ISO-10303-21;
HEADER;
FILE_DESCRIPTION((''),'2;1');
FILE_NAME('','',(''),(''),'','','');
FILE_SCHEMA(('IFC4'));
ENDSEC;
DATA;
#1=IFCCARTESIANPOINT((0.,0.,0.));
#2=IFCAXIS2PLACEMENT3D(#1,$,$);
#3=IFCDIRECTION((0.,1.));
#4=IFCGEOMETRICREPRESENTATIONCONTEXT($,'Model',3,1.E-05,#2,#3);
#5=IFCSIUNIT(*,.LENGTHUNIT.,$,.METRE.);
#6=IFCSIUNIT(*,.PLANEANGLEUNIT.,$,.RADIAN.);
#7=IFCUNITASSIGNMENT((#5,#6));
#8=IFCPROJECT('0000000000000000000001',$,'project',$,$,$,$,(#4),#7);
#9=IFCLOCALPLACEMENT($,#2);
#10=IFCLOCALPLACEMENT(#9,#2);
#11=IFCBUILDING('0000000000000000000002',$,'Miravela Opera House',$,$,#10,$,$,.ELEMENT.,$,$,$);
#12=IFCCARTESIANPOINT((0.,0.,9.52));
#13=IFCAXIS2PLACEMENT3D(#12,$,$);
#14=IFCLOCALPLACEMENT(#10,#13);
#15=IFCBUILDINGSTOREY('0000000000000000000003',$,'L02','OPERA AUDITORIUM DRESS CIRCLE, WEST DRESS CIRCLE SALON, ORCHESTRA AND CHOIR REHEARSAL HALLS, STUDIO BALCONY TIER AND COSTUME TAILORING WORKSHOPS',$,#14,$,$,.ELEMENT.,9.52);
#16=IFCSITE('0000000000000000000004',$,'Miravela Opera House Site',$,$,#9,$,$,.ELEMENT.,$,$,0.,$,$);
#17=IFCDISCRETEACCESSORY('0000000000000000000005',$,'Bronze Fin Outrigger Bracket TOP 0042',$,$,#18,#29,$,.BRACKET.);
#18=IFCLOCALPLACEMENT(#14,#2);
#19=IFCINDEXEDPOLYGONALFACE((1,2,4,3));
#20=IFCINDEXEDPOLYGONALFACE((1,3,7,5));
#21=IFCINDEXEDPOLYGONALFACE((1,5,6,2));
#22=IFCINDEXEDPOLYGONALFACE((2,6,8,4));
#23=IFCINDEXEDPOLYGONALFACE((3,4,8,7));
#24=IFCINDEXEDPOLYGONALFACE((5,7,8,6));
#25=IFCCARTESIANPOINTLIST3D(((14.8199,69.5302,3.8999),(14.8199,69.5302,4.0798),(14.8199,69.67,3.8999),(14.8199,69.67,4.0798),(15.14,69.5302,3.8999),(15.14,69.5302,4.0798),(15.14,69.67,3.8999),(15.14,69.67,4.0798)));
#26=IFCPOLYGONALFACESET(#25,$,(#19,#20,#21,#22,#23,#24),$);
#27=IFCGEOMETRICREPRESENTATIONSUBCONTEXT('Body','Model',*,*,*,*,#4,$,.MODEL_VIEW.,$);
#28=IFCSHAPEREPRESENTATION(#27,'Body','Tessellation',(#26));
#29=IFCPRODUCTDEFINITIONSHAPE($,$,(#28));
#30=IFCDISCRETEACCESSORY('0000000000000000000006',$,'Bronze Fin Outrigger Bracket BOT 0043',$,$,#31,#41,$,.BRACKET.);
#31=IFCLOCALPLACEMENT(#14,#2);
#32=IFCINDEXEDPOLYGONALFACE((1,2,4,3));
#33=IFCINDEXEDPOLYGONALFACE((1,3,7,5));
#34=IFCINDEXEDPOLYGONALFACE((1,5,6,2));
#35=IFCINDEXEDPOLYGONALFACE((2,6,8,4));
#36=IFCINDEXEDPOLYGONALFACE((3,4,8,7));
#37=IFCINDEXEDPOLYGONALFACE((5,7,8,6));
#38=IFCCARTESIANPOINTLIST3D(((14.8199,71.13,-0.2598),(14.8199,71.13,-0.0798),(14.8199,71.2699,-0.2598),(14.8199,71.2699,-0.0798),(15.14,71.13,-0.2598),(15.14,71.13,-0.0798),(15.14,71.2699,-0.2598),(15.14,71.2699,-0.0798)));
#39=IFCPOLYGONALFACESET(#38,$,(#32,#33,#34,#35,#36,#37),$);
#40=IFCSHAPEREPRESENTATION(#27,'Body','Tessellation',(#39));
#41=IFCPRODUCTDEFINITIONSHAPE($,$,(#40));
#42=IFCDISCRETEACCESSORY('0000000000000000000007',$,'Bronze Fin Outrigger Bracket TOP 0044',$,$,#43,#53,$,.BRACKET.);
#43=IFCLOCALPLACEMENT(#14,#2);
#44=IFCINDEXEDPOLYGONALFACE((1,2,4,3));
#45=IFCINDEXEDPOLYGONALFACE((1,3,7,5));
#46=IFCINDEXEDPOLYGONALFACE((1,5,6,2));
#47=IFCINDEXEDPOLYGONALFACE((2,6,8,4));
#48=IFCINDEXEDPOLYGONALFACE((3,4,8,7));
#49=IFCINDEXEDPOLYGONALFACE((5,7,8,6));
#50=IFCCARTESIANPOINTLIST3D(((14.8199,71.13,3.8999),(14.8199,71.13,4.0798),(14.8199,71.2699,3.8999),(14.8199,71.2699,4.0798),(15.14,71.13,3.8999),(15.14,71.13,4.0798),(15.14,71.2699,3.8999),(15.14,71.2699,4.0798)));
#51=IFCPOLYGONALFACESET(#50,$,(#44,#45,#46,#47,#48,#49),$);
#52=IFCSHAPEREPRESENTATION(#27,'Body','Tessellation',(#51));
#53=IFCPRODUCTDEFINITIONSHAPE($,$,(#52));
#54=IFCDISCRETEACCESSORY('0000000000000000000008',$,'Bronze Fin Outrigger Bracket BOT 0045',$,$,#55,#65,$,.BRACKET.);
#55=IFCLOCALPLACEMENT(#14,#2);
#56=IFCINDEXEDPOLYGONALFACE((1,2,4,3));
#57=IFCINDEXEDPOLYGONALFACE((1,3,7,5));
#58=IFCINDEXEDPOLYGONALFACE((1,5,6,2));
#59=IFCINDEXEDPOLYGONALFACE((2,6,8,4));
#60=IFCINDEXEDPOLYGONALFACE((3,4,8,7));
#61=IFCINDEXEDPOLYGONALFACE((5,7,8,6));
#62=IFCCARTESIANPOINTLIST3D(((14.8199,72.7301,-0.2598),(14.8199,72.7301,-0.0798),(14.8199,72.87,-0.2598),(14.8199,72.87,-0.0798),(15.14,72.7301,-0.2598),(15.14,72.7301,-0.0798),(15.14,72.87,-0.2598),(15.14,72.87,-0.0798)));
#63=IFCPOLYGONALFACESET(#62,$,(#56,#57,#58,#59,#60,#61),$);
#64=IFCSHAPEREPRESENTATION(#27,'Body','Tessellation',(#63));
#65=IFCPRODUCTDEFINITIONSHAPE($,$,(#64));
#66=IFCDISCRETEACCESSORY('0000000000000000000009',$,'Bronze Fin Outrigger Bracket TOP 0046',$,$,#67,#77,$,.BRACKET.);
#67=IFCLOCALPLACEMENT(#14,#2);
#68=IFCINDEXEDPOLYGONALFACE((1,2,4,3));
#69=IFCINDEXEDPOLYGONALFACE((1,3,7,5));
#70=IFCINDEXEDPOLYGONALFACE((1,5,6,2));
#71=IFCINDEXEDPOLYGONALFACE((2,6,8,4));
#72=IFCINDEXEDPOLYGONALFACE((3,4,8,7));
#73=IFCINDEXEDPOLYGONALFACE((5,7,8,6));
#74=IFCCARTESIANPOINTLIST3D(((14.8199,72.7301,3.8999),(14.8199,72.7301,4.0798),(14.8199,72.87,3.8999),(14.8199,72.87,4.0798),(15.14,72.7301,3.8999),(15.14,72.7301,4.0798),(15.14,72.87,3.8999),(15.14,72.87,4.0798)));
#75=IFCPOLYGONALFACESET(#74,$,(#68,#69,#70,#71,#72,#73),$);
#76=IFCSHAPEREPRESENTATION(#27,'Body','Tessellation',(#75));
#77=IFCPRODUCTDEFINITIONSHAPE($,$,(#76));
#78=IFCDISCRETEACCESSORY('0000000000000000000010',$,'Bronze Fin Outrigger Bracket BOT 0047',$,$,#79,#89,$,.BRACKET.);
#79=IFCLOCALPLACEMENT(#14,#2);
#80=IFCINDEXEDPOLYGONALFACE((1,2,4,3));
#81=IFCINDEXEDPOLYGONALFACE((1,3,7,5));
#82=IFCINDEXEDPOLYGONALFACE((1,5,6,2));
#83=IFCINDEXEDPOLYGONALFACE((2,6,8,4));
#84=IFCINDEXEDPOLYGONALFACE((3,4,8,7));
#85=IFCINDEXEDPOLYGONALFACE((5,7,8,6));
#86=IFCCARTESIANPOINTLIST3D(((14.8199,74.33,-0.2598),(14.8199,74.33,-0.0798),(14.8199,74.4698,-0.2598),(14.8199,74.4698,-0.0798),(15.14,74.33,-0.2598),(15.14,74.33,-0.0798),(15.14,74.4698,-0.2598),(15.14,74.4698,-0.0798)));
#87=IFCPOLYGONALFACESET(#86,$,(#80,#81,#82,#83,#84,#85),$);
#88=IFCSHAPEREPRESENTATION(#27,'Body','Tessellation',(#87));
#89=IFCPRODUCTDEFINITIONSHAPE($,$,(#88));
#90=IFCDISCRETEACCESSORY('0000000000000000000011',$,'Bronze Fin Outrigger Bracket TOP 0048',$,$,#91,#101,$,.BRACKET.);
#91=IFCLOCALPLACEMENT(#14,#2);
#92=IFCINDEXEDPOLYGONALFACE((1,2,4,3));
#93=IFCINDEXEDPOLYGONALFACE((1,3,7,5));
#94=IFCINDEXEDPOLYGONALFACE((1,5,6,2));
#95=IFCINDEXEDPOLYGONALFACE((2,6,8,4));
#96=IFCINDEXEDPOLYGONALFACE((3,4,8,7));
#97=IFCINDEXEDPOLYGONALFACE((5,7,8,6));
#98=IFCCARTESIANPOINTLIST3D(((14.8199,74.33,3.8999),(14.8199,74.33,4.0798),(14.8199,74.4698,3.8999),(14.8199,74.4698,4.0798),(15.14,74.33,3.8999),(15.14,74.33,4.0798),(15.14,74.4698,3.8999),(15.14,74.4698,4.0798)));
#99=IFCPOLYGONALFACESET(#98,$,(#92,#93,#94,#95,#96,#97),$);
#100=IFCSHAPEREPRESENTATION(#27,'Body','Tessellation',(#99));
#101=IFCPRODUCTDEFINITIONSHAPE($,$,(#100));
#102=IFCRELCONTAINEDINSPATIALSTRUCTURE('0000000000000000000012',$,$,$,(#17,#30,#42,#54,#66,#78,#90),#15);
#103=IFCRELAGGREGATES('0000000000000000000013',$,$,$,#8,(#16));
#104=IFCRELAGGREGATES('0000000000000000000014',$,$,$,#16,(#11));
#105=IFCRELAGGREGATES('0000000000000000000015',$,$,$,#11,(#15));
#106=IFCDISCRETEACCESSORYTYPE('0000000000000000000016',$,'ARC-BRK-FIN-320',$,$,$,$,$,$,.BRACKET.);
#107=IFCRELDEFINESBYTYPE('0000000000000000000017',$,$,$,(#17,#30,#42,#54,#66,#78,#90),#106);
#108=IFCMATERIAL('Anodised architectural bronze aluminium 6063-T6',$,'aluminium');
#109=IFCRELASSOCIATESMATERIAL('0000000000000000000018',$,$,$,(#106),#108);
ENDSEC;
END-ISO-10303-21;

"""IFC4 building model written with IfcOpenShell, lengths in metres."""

from ifc_helpers import new_model, si_unit, direction, frame, origin, origin_2d, place, context, subcontext, project, spatial, rectangle, extrude, material, type_object, element, save


model = new_model("IFC4")

# Units and contexts
model_context = context("Model", 3, precision=1e-05, world=origin(), true_north=direction((0.0, 1.0)))
body_context = subcontext(model_context, "Body", "Model", "MODEL_VIEW")
ifc_project = project(units=[si_unit("LENGTHUNIT", "METRE"), si_unit("PLANEANGLEUNIT", "RADIAN")], contexts=[model_context])

# Site, building, storey
site_placement = place(None, origin())
site = spatial("IfcSite", under=ifc_project, at=site_placement, Name="Miravela Opera House Site", CompositionType="ELEMENT", RefElevation=0.0)
building_placement = place(site_placement, origin())
building = spatial("IfcBuilding", under=site, at=building_placement, Name="Miravela Opera House", CompositionType="ELEMENT")
storey_placement = place(building_placement, frame((0.0, 0.0, 9.52)))
storey = spatial("IfcBuildingStorey", under=building, at=storey_placement, Name="L02", Description="OPERA AUDITORIUM DRESS CIRCLE, WEST DRESS CIRCLE SALON, ORCHESTRA AND CHOIR REHEARSAL HALLS, STUDIO BALCONY TIER AND COSTUME TAILORING WORKSHOPS", CompositionType="ELEMENT", Elevation=9.52)

# Shared definitions
ifc_material_1 = material(Name="Anodised architectural bronze aluminium 6063-T6", Category="aluminium")

# Discrete accessories
discrete_accessory_type = type_object("IfcDiscreteAccessoryType", Name="ARC-BRK-FIN-320", PredefinedType="BRACKET", material=ifc_material_1)
for number, where, z_axis, x_axis, name in (
    (1, (14.98, 69.6001, 3.8999), (0.0, 0.0, 1.0), (1.0, 0.0, 0.0), "Bronze Fin Outrigger Bracket TOP 0042"),
    (2, (14.98, 71.2, -0.2598), (0.0, 0.0, 1.0), (1.0, 0.0, 0.0), "Bronze Fin Outrigger Bracket BOT 0043"),
    (3, (14.98, 71.2, 3.8999), (0.0, 0.0, 1.0), (1.0, 0.0, 0.0), "Bronze Fin Outrigger Bracket TOP 0044"),
    (4, (14.98, 72.8, -0.2598), (0.0, 0.0, 1.0), (1.0, 0.0, 0.0), "Bronze Fin Outrigger Bracket BOT 0045"),
    (5, (14.98, 72.8, 3.8999), (0.0, 0.0, 1.0), (1.0, 0.0, 0.0), "Bronze Fin Outrigger Bracket TOP 0046"),
    (6, (14.98, 74.3999, -0.2598), (0.0, 0.0, 1.0), (1.0, 0.0, 0.0), "Bronze Fin Outrigger Bracket BOT 0047"),
    (7, (14.98, 74.3999, 3.8999), (0.0, 0.0, 1.0), (1.0, 0.0, 0.0), "Bronze Fin Outrigger Bracket TOP 0048"),
):
    element("IfcDiscreteAccessory", number, at=place(storey_placement, frame(where, z_axis=z_axis, x_axis=x_axis)), inside=storey, type_object=discrete_accessory_type, Name=name, PredefinedType="BRACKET", context=body_context, shape_type="SweptSolid", body=[
        extrude(rectangle(XDim=0.3201, YDim=0.1399, at=origin_2d()), origin(), (0.0, 0.0, 1.0), 0.1799),
    ])

save(model, "model.ifc")
